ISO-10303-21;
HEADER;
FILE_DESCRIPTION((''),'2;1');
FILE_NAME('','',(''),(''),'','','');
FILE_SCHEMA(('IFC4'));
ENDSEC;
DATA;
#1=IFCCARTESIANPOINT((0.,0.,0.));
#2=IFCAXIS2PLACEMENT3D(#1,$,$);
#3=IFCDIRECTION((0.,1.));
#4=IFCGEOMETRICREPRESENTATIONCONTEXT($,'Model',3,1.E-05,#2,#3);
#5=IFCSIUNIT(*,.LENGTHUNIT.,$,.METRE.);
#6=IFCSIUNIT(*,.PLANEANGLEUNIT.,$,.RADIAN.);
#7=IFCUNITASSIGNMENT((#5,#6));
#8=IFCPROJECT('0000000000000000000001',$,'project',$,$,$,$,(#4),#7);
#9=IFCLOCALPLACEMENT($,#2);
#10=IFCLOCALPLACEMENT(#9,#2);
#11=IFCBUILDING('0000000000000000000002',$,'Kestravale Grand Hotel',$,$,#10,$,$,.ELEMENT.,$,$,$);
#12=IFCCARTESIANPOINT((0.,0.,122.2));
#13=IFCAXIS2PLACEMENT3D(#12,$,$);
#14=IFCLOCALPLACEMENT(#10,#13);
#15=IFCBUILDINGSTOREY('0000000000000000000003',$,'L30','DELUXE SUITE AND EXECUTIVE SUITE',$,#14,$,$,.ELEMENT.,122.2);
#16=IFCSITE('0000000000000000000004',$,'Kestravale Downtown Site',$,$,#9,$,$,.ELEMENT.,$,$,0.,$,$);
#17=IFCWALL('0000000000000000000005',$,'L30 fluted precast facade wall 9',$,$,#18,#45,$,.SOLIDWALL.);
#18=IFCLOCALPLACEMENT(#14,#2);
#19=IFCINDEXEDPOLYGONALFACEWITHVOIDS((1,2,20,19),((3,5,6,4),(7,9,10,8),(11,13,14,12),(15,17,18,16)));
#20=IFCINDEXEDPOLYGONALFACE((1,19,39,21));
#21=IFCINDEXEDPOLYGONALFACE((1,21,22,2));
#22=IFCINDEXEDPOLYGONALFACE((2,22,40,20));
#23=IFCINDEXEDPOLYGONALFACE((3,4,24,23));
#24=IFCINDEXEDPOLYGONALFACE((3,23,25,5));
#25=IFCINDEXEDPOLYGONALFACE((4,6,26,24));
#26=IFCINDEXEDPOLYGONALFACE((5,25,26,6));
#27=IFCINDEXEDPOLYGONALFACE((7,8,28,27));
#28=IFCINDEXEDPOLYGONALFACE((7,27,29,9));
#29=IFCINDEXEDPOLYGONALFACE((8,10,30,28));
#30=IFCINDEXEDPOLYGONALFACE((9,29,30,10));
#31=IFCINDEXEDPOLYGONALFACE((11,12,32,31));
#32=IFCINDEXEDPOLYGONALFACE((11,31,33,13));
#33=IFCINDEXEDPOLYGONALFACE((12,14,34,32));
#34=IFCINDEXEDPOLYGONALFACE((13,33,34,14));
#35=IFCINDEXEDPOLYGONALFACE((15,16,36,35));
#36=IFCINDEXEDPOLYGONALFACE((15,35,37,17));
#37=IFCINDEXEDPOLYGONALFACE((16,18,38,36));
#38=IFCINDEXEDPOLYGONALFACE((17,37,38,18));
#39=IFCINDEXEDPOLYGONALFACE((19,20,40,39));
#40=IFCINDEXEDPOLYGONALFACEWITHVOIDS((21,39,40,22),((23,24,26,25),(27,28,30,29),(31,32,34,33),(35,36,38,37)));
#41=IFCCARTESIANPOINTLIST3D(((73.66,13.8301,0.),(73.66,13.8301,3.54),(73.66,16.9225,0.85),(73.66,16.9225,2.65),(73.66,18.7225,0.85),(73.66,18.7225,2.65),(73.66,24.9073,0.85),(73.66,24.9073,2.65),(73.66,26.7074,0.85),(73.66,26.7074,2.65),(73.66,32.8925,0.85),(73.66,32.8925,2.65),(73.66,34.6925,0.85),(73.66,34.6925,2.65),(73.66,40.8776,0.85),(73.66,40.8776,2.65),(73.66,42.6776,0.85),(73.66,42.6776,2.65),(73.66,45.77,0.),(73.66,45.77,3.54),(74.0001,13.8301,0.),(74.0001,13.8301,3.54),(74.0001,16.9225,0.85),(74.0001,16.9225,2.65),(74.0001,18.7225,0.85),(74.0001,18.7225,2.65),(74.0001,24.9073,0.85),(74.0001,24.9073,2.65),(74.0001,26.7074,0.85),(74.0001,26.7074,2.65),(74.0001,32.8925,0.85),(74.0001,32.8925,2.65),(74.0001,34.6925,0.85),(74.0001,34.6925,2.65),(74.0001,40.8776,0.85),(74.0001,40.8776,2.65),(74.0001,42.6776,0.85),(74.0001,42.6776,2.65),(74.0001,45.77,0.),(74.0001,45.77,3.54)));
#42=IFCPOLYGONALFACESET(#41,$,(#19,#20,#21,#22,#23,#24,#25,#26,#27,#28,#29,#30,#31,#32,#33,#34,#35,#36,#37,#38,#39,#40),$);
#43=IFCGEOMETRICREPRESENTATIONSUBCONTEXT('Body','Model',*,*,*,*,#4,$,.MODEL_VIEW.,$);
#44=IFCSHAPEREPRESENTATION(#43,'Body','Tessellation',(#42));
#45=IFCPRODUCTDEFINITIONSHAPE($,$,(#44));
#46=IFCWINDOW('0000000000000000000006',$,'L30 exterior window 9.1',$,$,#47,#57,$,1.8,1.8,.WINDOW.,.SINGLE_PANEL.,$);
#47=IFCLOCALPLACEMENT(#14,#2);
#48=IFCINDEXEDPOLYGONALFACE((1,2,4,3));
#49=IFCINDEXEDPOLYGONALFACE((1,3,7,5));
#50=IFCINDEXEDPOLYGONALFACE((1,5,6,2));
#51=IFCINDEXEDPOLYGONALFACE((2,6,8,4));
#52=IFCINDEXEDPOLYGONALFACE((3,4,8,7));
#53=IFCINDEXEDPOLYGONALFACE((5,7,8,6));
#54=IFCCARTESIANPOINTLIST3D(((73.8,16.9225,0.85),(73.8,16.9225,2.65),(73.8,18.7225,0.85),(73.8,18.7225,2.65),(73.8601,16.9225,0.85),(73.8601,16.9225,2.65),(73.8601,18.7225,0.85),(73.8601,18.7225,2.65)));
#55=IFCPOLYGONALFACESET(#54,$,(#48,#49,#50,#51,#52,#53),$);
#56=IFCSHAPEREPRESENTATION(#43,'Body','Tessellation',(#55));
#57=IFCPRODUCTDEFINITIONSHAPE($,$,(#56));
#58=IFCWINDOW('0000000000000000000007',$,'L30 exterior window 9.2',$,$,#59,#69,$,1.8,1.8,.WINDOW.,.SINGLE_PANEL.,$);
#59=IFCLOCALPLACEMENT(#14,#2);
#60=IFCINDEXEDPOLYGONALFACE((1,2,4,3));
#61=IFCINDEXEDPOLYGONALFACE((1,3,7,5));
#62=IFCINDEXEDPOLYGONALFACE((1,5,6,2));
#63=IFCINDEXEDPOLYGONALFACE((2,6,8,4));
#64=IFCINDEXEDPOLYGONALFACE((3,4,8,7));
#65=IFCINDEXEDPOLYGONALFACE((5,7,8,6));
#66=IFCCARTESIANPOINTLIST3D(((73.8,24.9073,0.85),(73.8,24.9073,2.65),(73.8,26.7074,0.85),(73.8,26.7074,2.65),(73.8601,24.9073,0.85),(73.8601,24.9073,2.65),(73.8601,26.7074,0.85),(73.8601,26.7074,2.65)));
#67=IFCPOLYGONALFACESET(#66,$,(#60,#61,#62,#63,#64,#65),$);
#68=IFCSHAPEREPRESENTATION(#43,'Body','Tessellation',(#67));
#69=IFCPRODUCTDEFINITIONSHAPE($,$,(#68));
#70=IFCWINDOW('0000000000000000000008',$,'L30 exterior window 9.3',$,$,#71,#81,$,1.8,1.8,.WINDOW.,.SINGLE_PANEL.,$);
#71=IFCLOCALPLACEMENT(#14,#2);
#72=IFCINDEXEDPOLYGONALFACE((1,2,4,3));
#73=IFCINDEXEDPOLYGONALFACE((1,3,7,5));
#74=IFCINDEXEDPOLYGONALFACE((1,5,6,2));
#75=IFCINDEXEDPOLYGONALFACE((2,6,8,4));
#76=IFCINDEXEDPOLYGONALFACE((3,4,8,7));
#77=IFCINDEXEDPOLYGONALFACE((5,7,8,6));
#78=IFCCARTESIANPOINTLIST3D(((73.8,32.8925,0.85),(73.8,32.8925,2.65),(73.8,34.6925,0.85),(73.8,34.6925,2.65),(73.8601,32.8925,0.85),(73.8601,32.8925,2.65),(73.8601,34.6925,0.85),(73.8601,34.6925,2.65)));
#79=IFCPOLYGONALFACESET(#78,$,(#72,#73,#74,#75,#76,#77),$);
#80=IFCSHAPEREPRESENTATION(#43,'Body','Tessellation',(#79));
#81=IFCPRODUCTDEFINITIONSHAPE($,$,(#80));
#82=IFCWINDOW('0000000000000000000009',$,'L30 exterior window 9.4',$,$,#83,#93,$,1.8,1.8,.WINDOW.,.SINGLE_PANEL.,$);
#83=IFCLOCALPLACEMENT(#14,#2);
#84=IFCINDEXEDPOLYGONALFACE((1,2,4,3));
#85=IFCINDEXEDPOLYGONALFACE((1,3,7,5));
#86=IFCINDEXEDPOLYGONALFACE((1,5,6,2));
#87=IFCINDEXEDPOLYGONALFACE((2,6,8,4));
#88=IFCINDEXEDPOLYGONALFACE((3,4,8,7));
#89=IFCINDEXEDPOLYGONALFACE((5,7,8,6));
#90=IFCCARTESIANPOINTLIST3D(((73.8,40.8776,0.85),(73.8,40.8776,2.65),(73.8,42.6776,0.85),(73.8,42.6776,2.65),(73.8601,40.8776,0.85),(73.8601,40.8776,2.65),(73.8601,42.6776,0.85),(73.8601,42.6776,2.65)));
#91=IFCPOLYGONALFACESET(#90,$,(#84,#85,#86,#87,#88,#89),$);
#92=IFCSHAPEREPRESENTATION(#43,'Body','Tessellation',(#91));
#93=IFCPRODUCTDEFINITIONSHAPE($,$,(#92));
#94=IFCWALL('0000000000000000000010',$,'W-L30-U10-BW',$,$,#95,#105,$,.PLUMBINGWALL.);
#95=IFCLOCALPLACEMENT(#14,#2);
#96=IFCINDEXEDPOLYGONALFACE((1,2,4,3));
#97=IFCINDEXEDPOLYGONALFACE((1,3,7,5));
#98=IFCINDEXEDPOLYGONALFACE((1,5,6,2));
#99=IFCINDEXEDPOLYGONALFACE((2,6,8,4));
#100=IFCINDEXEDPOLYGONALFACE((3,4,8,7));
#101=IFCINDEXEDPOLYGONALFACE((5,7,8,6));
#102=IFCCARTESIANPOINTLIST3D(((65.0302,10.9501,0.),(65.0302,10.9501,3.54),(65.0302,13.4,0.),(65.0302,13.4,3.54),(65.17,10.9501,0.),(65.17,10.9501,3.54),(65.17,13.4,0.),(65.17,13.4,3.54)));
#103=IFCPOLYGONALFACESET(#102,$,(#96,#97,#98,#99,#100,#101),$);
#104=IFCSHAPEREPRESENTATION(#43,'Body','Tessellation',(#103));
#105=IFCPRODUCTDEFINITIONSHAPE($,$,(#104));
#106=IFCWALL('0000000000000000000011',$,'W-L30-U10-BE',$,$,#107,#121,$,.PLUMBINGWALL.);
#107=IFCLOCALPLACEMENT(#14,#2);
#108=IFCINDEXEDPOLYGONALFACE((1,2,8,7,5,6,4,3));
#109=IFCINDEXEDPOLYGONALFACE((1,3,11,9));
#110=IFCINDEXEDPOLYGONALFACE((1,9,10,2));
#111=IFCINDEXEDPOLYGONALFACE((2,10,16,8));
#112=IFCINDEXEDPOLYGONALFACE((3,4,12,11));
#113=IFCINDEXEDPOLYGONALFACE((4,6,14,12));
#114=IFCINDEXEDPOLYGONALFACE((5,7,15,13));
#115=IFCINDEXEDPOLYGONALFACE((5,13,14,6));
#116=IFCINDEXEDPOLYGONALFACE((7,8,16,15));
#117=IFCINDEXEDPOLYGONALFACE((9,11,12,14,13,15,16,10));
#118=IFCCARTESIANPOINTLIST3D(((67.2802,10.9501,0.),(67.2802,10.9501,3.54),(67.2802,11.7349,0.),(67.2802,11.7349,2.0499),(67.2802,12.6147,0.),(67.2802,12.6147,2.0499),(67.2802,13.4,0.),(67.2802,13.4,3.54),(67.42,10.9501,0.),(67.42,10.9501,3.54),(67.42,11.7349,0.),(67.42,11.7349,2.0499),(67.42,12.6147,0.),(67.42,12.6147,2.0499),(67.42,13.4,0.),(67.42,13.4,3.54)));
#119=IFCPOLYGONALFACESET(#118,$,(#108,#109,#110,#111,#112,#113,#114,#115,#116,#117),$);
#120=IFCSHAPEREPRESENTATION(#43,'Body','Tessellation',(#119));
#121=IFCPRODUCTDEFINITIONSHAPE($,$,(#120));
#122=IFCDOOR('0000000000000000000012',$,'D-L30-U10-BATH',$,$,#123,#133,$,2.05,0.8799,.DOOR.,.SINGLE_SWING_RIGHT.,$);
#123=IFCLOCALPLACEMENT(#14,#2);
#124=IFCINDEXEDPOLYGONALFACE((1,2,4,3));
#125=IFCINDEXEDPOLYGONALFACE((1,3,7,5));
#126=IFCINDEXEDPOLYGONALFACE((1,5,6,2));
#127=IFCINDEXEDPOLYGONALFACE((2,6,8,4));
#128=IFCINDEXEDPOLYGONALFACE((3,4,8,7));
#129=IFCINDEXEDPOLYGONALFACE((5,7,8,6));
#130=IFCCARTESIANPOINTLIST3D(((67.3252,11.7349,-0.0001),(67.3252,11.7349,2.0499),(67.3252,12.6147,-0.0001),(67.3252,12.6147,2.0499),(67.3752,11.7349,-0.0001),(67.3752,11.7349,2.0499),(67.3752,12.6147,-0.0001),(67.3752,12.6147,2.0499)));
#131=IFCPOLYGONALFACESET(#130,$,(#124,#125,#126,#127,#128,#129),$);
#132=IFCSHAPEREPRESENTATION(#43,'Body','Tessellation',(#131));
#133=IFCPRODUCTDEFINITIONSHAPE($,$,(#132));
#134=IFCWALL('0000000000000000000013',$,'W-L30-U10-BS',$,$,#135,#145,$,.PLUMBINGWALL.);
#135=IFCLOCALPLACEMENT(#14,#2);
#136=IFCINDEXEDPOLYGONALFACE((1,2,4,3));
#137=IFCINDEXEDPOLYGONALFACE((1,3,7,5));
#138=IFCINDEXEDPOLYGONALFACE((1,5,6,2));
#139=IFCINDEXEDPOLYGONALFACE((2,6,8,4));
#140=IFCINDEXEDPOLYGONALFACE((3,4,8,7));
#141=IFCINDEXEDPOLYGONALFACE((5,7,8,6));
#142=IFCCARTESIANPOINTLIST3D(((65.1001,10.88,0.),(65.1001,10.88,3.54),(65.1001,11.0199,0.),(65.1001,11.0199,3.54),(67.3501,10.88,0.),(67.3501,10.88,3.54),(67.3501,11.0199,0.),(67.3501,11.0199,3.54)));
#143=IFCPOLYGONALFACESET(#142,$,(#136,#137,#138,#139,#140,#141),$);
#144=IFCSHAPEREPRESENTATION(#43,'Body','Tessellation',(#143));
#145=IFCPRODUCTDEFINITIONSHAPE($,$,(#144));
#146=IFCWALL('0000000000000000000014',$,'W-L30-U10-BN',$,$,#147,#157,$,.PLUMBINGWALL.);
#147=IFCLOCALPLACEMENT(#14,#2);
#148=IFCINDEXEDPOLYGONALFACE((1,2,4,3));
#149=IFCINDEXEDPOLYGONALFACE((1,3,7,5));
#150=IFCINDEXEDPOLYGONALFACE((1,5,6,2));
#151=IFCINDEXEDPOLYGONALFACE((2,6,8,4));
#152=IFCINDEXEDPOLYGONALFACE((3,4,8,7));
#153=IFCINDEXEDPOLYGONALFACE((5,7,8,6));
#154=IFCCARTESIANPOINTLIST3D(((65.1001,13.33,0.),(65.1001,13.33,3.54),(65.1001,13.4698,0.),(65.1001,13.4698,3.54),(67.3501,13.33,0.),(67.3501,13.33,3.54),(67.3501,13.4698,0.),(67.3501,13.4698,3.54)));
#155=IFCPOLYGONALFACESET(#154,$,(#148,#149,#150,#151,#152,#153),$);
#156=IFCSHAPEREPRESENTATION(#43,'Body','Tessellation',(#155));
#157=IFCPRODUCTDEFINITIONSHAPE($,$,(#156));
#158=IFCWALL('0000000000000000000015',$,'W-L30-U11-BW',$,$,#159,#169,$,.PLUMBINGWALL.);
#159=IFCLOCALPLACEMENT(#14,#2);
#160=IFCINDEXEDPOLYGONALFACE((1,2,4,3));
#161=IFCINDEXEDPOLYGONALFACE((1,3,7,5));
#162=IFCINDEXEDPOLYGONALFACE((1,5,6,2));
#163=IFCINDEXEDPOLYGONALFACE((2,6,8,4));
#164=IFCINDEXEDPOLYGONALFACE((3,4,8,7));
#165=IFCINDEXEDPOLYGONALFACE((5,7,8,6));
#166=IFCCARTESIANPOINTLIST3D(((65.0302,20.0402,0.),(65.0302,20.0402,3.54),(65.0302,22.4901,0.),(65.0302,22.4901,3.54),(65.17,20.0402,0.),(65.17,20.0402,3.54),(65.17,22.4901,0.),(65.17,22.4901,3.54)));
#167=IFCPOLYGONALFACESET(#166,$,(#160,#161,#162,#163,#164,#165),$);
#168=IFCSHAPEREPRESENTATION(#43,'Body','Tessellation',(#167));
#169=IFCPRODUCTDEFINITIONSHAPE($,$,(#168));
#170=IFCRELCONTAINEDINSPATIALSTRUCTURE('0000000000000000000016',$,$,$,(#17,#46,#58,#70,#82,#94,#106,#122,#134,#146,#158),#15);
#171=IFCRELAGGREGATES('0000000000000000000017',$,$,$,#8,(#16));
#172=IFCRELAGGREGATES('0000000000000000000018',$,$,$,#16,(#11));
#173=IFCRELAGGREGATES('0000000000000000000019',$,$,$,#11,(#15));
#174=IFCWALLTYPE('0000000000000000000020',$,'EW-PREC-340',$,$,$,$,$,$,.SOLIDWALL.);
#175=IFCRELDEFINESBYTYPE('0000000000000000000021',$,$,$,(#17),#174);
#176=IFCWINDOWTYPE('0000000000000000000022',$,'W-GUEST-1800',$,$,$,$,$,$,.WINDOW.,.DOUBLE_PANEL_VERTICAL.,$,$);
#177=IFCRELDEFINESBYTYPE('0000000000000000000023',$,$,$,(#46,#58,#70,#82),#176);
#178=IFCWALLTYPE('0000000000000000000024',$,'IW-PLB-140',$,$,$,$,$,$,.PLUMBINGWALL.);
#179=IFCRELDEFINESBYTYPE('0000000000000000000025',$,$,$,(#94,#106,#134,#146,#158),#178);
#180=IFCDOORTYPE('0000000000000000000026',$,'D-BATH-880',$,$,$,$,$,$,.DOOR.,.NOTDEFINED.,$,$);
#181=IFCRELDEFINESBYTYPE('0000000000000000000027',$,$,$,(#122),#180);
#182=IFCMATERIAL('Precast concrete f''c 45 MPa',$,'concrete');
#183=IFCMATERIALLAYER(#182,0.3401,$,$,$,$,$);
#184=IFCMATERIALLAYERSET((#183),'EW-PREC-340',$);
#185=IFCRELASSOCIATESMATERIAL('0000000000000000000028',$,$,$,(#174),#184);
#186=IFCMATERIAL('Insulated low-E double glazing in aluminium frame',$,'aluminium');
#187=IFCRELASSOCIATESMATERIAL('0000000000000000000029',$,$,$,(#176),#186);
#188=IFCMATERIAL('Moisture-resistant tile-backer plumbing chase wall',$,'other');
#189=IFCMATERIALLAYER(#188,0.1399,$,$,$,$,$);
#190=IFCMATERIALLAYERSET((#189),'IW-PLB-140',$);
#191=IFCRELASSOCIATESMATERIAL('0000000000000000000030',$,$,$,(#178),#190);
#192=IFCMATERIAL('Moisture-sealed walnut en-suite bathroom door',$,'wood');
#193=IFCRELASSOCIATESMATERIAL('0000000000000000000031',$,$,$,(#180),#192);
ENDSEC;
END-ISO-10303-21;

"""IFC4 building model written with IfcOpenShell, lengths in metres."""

from ifc_helpers import new_model, si_unit, direction, frame, frame_2d, origin, place, context, subcontext, project, spatial, rectangle, extrude, material, layer, layer_set, type_object, element, fill, save


model = new_model("IFC4")

# Units and contexts
model_context = context("Model", 3, precision=1e-05, world=origin(), true_north=direction((0.0, 1.0)))
body_context = subcontext(model_context, "Body", "Model", "MODEL_VIEW")
ifc_project = project(units=[si_unit("LENGTHUNIT", "METRE"), si_unit("PLANEANGLEUNIT", "RADIAN")], contexts=[model_context])

# Site, building, storey
site_placement = place(None, origin())
site = spatial("IfcSite", under=ifc_project, at=site_placement, Name="Kestravale Downtown Site", CompositionType="ELEMENT", RefElevation=0.0)
building_placement = place(site_placement, origin())
building = spatial("IfcBuilding", under=site, at=building_placement, Name="Kestravale Grand Hotel", CompositionType="ELEMENT")
storey_placement = place(building_placement, frame((0.0, 0.0, 122.2)))
storey = spatial("IfcBuildingStorey", under=building, at=storey_placement, Name="L30", Description="DELUXE SUITE AND EXECUTIVE SUITE", CompositionType="ELEMENT", Elevation=122.2)

# Shared definitions
ifc_material_1 = material(Name="Precast concrete f'c 45 MPa", Category="concrete")
ifc_layer_1 = layer(ifc_material_1, 0.3401)
ifc_layer_set_1 = layer_set([ifc_layer_1], Name="EW-PREC-340")
wall_type_1 = type_object("IfcWallType", Name="EW-PREC-340", PredefinedType="SOLIDWALL", material=ifc_layer_set_1)
ifc_material_2 = material(Name="Insulated low-E double glazing in aluminium frame", Category="aluminium")
window_type = type_object("IfcWindowType", Name="W-GUEST-1800", PartitioningType="DOUBLE_PANEL_VERTICAL", PredefinedType="WINDOW", material=ifc_material_2)

# Wall, openings, windows
wall_1_placement = place(storey_placement, frame((73.8301, 13.8301, 0.0), z_axis=(0.0, 0.0, 1.0), x_axis=(0.0, 1.0, 0.0)))
wall_1 = element("IfcWall", 1, at=wall_1_placement, inside=storey, type_object=wall_type_1, Name="L30 fluted precast facade wall 9", PredefinedType="SOLIDWALL", context=body_context, shape_type="SweptSolid", body=[
    extrude(rectangle(XDim=31.9399, YDim=0.3401, at=frame_2d((15.97, 0.0))), origin(), (0.0, 0.0, 1.0), 3.54),
])
opening_1_placement = place(wall_1_placement, frame((3.0925, 0.0, 0.8501)))
opening_1 = element("IfcOpeningElement", 2, at=opening_1_placement, cuts=wall_1, PredefinedType="OPENING", context=body_context, shape_type="SweptSolid", body=[
    extrude(rectangle(XDim=1.8, YDim=1.8, at=frame_2d((0.8999, 0.8999))), frame((0.0, 0.1799, 0.0), z_axis=(0.0, -1.0, 0.0), x_axis=(1.0, 0.0, 0.0)), (0.0, 0.0, 1.0), 0.3601),
])
opening_2_placement = place(wall_1_placement, frame((11.0774, 0.0, 0.8501)))
opening_2 = element("IfcOpeningElement", 3, at=opening_2_placement, cuts=wall_1, PredefinedType="OPENING", context=body_context, shape_type="SweptSolid", body=[
    extrude(rectangle(XDim=1.8, YDim=1.8, at=frame_2d((0.8999, 0.8999))), frame((0.0, 0.1799, 0.0), z_axis=(0.0, -1.0, 0.0), x_axis=(1.0, 0.0, 0.0)), (0.0, 0.0, 1.0), 0.3601),
])
opening_3_placement = place(wall_1_placement, frame((19.0625, 0.0, 0.8501)))
opening_3 = element("IfcOpeningElement", 4, at=opening_3_placement, cuts=wall_1, PredefinedType="OPENING", context=body_context, shape_type="SweptSolid", body=[
    extrude(rectangle(XDim=1.8, YDim=1.8, at=frame_2d((0.8999, 0.8999))), frame((0.0, 0.1799, 0.0), z_axis=(0.0, -1.0, 0.0), x_axis=(1.0, 0.0, 0.0)), (0.0, 0.0, 1.0), 0.3601),
])
opening_4_placement = place(wall_1_placement, frame((27.0476, 0.0, 0.8501)))
opening_4 = element("IfcOpeningElement", 5, at=opening_4_placement, cuts=wall_1, PredefinedType="OPENING", context=body_context, shape_type="SweptSolid", body=[
    extrude(rectangle(XDim=1.8, YDim=1.8, at=frame_2d((0.8999, 0.8999))), frame((0.0, 0.1799, 0.0), z_axis=(0.0, -1.0, 0.0), x_axis=(1.0, 0.0, 0.0)), (0.0, 0.0, 1.0), 0.3601),
])
window_1_placement = place(opening_1_placement, origin())
window_1 = element("IfcWindow", 6, at=window_1_placement, inside=storey, type_object=window_type, Name="L30 exterior window 9.1", OverallHeight=1.8, OverallWidth=1.8, PartitioningType="SINGLE_PANEL", PredefinedType="WINDOW", context=body_context, shape_type="SweptSolid", body=[
    extrude(rectangle(XDim=1.8, YDim=1.8, at=frame_2d((0.8999, 0.8999))), frame((0.0, 0.03, 0.0), z_axis=(0.0, -1.0, 0.0), x_axis=(1.0, 0.0, 0.0)), (0.0, 0.0, 1.0), 0.0601),
])
fill(opening_1, window_1)
window_2_placement = place(opening_2_placement, origin())
window_2 = element("IfcWindow", 7, at=window_2_placement, inside=storey, type_object=window_type, Name="L30 exterior window 9.2", OverallHeight=1.8, OverallWidth=1.8, PartitioningType="SINGLE_PANEL", PredefinedType="WINDOW", context=body_context, shape_type="SweptSolid", body=[
    extrude(rectangle(XDim=1.8, YDim=1.8, at=frame_2d((0.8999, 0.8999))), frame((0.0, 0.03, 0.0), z_axis=(0.0, -1.0, 0.0), x_axis=(1.0, 0.0, 0.0)), (0.0, 0.0, 1.0), 0.0601),
])
fill(opening_2, window_2)
window_3_placement = place(opening_3_placement, origin())
window_3 = element("IfcWindow", 8, at=window_3_placement, inside=storey, type_object=window_type, Name="L30 exterior window 9.3", OverallHeight=1.8, OverallWidth=1.8, PartitioningType="SINGLE_PANEL", PredefinedType="WINDOW", context=body_context, shape_type="SweptSolid", body=[
    extrude(rectangle(XDim=1.8, YDim=1.8, at=frame_2d((0.8999, 0.8999))), frame((0.0, 0.03, 0.0), z_axis=(0.0, -1.0, 0.0), x_axis=(1.0, 0.0, 0.0)), (0.0, 0.0, 1.0), 0.0601),
])
fill(opening_3, window_3)
window_4_placement = place(opening_4_placement, origin())
window_4 = element("IfcWindow", 9, at=window_4_placement, inside=storey, type_object=window_type, Name="L30 exterior window 9.4", OverallHeight=1.8, OverallWidth=1.8, PartitioningType="SINGLE_PANEL", PredefinedType="WINDOW", context=body_context, shape_type="SweptSolid", body=[
    extrude(rectangle(XDim=1.8, YDim=1.8, at=frame_2d((0.8999, 0.8999))), frame((0.0, 0.03, 0.0), z_axis=(0.0, -1.0, 0.0), x_axis=(1.0, 0.0, 0.0)), (0.0, 0.0, 1.0), 0.0601),
])
fill(opening_4, window_4)

# Wall
ifc_material_3 = material(Name="Moisture-resistant tile-backer plumbing chase wall", Category="other")
ifc_layer_2 = layer(ifc_material_3, 0.1399)
ifc_layer_set_2 = layer_set([ifc_layer_2], Name="IW-PLB-140")
wall_type_2 = type_object("IfcWallType", Name="IW-PLB-140", PredefinedType="PLUMBINGWALL", material=ifc_layer_set_2)
wall_2_placement = place(storey_placement, frame((65.1001, 10.95, 0.0), z_axis=(0.0, 0.0, 1.0), x_axis=(0.0, 1.0, 0.0)))
element("IfcWall", 10, at=wall_2_placement, inside=storey, type_object=wall_type_2, Name="W-L30-U10-BW", PredefinedType="PLUMBINGWALL", context=body_context, shape_type="SweptSolid", body=[
    extrude(rectangle(XDim=2.45, YDim=0.1399, at=frame_2d((1.2251, 0.0))), origin(), (0.0, 0.0, 1.0), 3.54),
])

# Wall, opening, door
wall_3_placement = place(storey_placement, frame((67.3501, 10.95, 0.0), z_axis=(0.0, 0.0, 1.0), x_axis=(0.0, 1.0, 0.0)))
wall_3 = element("IfcWall", 11, at=wall_3_placement, inside=storey, type_object=wall_type_2, Name="W-L30-U10-BE", PredefinedType="PLUMBINGWALL", context=body_context, shape_type="SweptSolid", body=[
    extrude(rectangle(XDim=2.45, YDim=0.1399, at=frame_2d((1.2251, 0.0))), origin(), (0.0, 0.0, 1.0), 3.54),
])
opening_5_placement = place(wall_3_placement, frame((0.7849, 0.0, 0.0)))
opening_5 = element("IfcOpeningElement", 12, at=opening_5_placement, cuts=wall_3, PredefinedType="OPENING", context=body_context, shape_type="SweptSolid", body=[
    extrude(rectangle(XDim=0.8799, YDim=2.05, at=frame_2d((0.4399, 1.0249))), frame((0.0, 0.0798, 0.0), z_axis=(0.0, -1.0, 0.0), x_axis=(1.0, 0.0, 0.0)), (0.0, 0.0, 1.0), 0.1599),
])
ifc_material_4 = material(Name="Moisture-sealed walnut en-suite bathroom door", Category="wood")
door_type = type_object("IfcDoorType", Name="D-BATH-880", OperationType="NOTDEFINED", PredefinedType="DOOR", material=ifc_material_4)
door_1_placement = place(opening_5_placement, origin())
door_1 = element("IfcDoor", 13, at=door_1_placement, inside=storey, type_object=door_type, Name="D-L30-U10-BATH", OperationType="SINGLE_SWING_RIGHT", OverallHeight=2.05, OverallWidth=0.8799, PredefinedType="DOOR", context=body_context, shape_type="SweptSolid", body=[
    extrude(rectangle(XDim=0.8799, YDim=2.05, at=frame_2d((0.4399, 1.0249))), frame((0.0, 0.0249, 0.0), z_axis=(0.0, -1.0, 0.0), x_axis=(1.0, 0.0, 0.0)), (0.0, 0.0, 1.0), 0.05),
])
fill(opening_5, door_1)

# Walls
for number, where, z_axis, x_axis, name in (
    (14, (65.1001, 10.95, 0.0), (0.0, 0.0, 1.0), (1.0, 0.0, 0.0), "W-L30-U10-BS"),
    (15, (65.1001, 13.3999, 0.0), (0.0, 0.0, 1.0), (1.0, 0.0, 0.0), "W-L30-U10-BN"),
):
    element("IfcWall", number, at=place(storey_placement, frame(where, z_axis=z_axis, x_axis=x_axis)), inside=storey, type_object=wall_type_2, Name=name, PredefinedType="PLUMBINGWALL", context=body_context, shape_type="SweptSolid", body=[
        extrude(rectangle(XDim=2.25, YDim=0.1399, at=frame_2d((1.125, 0.0))), origin(), (0.0, 0.0, 1.0), 3.54),
    ])
wall_4_placement = place(storey_placement, frame((65.1001, 20.04, 0.0), z_axis=(0.0, 0.0, 1.0), x_axis=(0.0, 1.0, 0.0)))
element("IfcWall", 16, at=wall_4_placement, inside=storey, type_object=wall_type_2, Name="W-L30-U11-BW", PredefinedType="PLUMBINGWALL", context=body_context, shape_type="SweptSolid", body=[
    extrude(rectangle(XDim=2.45, YDim=0.1399, at=frame_2d((1.2251, 0.0))), origin(), (0.0, 0.0, 1.0), 3.54),
])

save(model, "model.ifc")
